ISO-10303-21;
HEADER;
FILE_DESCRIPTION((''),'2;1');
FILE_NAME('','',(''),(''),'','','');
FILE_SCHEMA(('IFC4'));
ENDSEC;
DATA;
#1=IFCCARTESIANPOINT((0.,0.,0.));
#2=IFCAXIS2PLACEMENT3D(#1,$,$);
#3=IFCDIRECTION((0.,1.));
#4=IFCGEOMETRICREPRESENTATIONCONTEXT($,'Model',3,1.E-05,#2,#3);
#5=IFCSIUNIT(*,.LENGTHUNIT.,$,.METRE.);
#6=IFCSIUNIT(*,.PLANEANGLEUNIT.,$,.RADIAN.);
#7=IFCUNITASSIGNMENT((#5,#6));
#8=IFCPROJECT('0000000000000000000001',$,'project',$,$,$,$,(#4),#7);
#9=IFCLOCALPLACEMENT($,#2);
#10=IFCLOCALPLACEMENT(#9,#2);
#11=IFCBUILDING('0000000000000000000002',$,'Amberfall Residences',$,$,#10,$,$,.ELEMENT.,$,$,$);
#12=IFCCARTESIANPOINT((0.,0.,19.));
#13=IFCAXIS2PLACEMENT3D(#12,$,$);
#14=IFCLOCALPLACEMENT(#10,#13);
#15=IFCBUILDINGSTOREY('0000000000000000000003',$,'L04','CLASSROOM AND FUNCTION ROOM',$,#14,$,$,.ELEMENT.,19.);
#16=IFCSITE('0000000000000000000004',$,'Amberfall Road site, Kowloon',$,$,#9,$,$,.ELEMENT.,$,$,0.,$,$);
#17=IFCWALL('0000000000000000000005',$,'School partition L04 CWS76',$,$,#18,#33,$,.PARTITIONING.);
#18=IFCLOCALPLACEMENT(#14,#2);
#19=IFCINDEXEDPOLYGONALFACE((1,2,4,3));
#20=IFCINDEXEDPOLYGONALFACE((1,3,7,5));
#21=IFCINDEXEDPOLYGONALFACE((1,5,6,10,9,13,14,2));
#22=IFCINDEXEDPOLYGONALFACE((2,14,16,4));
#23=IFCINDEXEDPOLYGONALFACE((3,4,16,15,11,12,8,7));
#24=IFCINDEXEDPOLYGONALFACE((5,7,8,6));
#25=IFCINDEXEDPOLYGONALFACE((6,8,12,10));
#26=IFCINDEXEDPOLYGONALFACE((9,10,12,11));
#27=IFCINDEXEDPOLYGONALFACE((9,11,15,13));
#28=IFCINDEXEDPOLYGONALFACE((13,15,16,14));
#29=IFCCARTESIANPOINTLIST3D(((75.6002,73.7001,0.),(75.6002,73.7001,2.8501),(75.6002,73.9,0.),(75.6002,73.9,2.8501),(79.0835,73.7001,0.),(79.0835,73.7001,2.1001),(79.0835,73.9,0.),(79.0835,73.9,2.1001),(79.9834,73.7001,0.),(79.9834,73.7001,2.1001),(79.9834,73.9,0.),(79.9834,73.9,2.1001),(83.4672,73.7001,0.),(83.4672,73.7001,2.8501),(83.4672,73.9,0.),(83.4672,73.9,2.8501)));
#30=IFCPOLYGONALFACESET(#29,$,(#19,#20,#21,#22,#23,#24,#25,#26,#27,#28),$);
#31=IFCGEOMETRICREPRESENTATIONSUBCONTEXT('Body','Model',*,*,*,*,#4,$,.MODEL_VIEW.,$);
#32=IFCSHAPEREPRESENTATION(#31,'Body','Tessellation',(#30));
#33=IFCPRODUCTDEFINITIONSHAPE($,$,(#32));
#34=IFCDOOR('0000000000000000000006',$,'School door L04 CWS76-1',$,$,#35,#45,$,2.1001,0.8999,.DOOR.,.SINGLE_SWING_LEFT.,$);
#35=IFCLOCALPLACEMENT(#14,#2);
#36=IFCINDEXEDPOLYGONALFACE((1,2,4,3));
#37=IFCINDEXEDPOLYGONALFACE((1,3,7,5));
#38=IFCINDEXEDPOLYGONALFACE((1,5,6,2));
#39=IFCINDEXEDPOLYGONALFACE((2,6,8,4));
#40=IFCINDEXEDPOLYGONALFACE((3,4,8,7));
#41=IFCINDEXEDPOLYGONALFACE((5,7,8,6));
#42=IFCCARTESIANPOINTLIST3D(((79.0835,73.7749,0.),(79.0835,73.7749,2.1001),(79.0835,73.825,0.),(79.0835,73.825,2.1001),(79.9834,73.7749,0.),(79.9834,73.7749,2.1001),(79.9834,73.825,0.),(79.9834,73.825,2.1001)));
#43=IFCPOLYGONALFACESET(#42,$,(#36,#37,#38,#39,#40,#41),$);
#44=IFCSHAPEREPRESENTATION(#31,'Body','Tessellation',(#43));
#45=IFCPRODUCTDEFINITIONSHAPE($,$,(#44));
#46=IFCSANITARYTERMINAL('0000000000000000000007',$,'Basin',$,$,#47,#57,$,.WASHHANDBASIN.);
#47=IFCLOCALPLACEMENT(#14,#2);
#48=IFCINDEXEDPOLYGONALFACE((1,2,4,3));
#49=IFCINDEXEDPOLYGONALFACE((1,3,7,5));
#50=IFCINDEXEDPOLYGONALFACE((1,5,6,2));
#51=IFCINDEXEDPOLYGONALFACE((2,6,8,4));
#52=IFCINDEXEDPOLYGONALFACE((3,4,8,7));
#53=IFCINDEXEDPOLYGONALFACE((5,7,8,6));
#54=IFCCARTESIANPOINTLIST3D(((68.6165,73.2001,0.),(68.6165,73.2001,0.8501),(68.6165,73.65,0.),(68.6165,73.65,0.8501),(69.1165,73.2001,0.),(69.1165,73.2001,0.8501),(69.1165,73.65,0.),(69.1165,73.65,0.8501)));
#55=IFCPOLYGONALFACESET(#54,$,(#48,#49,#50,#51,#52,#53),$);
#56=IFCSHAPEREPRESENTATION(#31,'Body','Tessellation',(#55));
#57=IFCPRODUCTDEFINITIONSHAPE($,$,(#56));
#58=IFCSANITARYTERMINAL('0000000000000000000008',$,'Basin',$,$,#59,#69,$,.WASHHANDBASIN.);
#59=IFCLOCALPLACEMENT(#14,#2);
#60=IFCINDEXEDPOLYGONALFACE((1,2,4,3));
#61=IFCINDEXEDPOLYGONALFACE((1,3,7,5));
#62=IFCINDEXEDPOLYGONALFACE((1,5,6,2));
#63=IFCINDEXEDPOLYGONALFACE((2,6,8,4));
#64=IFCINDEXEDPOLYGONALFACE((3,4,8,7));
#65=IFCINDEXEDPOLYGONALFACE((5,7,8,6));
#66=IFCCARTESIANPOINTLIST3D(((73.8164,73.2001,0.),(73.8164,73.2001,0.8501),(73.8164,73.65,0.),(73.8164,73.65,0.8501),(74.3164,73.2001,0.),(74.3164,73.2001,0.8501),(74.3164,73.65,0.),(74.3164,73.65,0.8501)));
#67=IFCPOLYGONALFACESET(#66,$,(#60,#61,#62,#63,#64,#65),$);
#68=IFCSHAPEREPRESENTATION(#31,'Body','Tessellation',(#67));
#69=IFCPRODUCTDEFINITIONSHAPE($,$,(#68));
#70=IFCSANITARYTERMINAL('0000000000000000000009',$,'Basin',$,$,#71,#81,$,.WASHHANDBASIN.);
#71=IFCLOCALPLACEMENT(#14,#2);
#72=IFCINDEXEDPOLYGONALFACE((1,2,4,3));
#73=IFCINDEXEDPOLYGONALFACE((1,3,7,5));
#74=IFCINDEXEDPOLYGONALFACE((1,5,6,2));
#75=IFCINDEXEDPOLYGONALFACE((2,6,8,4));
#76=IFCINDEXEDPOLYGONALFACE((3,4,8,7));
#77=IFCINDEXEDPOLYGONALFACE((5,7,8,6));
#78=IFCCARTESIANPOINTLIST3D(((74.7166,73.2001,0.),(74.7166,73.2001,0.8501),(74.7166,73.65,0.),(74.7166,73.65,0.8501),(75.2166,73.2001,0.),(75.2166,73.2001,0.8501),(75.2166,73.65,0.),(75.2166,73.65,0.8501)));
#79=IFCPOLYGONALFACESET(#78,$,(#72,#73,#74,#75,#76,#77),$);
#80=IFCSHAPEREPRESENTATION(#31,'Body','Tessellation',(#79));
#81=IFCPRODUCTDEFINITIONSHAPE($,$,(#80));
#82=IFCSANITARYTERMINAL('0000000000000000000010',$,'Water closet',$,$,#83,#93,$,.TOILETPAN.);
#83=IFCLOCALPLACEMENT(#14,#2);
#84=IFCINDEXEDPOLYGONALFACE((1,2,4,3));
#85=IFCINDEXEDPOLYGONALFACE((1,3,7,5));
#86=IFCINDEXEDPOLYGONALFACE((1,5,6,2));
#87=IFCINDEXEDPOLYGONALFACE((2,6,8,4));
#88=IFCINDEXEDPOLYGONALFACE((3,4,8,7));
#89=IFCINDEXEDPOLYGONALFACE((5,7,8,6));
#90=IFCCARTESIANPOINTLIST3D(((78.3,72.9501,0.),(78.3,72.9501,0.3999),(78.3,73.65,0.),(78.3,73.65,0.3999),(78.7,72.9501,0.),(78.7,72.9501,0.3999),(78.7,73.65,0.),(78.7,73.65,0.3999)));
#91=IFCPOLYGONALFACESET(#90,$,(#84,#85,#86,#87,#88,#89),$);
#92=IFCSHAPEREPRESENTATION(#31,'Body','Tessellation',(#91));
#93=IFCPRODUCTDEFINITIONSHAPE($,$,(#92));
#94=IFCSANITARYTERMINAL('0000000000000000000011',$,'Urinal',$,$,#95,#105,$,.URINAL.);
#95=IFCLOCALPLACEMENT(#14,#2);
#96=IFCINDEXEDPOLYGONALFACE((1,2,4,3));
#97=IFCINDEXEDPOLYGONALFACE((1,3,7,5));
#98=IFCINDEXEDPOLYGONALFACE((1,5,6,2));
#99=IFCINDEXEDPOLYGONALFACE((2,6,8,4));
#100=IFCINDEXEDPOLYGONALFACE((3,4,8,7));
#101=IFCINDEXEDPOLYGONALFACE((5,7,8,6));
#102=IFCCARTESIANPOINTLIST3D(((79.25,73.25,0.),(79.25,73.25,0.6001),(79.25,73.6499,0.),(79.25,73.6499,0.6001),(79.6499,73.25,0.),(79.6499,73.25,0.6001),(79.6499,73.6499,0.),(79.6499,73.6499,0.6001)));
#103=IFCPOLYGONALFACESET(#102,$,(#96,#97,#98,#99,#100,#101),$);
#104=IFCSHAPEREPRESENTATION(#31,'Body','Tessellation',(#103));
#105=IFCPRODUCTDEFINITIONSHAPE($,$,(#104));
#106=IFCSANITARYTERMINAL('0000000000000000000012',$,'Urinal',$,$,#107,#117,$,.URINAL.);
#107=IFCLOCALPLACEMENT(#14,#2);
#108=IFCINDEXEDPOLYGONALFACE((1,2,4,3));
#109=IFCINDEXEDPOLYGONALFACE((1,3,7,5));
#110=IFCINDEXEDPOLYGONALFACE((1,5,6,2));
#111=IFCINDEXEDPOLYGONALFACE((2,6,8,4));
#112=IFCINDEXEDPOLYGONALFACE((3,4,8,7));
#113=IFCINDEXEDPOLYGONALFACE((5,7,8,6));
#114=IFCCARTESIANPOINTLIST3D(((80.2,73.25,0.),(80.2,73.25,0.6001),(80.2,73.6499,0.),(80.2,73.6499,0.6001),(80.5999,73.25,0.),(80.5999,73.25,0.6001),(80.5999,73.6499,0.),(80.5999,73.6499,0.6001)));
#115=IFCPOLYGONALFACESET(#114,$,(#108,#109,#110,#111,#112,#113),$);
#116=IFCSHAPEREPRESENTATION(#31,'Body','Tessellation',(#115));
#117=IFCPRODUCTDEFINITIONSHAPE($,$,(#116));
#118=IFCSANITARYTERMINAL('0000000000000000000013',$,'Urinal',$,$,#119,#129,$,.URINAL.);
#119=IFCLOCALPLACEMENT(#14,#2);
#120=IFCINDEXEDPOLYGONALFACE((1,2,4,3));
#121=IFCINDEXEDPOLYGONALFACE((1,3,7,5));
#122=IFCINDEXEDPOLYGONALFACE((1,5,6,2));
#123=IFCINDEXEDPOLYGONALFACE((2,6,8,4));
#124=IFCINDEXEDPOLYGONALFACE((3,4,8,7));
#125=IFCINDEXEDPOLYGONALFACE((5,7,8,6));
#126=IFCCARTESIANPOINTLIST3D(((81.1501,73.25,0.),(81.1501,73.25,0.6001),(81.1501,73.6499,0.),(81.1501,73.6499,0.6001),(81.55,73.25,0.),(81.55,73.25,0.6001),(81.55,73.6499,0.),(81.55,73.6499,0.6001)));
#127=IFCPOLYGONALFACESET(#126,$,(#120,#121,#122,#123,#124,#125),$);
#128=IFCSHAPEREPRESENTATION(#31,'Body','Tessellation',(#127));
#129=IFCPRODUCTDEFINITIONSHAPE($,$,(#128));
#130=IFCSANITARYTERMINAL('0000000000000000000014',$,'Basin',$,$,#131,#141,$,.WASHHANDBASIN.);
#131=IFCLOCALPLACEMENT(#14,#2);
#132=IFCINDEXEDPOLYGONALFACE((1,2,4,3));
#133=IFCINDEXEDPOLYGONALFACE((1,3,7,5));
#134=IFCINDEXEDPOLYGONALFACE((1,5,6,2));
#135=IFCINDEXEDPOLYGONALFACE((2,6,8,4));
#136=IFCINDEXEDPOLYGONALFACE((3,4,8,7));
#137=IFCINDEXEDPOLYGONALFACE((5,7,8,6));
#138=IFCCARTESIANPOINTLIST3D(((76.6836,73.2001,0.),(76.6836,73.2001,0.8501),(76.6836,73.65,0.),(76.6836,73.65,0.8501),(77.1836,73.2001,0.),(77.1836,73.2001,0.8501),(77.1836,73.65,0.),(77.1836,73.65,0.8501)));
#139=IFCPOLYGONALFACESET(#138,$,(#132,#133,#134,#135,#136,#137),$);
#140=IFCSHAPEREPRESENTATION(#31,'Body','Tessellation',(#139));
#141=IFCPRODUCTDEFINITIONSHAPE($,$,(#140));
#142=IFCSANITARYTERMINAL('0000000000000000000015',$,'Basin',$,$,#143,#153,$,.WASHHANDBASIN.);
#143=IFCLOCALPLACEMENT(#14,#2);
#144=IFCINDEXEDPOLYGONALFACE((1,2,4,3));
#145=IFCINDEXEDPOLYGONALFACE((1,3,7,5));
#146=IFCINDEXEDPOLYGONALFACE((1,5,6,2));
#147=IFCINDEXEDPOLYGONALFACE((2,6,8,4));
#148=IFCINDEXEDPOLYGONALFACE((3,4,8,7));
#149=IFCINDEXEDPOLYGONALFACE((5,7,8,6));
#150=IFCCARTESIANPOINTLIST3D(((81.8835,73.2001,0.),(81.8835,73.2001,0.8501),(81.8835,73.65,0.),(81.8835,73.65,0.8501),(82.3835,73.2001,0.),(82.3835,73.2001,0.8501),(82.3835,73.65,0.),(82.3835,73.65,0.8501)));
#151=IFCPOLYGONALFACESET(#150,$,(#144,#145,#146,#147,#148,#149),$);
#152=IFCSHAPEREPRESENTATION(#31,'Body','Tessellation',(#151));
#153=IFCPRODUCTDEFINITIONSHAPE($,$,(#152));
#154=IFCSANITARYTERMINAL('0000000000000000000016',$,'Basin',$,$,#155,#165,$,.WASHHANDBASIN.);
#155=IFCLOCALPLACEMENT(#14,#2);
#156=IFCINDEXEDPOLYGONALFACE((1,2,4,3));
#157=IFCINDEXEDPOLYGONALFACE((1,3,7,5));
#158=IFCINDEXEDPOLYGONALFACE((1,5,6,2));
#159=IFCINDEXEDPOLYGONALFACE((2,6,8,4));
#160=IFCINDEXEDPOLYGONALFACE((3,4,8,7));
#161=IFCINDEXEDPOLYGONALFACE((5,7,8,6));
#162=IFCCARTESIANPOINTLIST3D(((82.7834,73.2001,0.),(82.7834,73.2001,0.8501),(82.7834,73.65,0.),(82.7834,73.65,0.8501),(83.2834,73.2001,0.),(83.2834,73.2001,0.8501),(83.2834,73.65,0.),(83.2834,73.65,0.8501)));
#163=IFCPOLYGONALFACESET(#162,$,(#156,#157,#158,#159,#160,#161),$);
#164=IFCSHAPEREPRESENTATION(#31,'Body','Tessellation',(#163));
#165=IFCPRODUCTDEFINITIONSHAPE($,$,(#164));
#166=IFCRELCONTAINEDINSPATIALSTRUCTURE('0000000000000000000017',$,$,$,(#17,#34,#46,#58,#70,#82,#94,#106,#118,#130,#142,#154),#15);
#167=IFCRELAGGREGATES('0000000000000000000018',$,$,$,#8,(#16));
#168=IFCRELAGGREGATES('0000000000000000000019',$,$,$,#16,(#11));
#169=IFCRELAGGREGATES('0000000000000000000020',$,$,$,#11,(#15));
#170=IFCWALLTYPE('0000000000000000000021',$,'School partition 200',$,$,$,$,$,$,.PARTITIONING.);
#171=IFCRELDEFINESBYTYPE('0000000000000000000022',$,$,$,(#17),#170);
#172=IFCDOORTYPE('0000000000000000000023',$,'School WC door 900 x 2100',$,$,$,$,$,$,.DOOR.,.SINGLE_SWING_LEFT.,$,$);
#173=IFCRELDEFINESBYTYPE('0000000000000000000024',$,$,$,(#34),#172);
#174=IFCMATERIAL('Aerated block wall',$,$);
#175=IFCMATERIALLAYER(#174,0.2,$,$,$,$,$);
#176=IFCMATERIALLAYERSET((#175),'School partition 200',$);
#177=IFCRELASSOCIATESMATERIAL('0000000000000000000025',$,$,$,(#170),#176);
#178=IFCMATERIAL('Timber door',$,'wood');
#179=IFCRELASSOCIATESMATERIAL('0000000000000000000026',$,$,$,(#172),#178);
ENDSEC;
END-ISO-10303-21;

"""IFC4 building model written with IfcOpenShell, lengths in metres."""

from ifc_helpers import new_model, si_unit, direction, frame, frame_2d, origin, origin_2d, place, context, subcontext, project, spatial, rectangle, extrude, material, layer, layer_set, type_object, element, fill, save


model = new_model("IFC4")

# Units and contexts
model_context = context("Model", 3, precision=1e-05, world=origin(), true_north=direction((0.0, 1.0)))
body_context = subcontext(model_context, "Body", "Model", "MODEL_VIEW")
ifc_project = project(units=[si_unit("LENGTHUNIT", "METRE"), si_unit("PLANEANGLEUNIT", "RADIAN")], contexts=[model_context])

# Site, building, storey
site_placement = place(None, origin())
site = spatial("IfcSite", under=ifc_project, at=site_placement, Name="Amberfall Road site, Kowloon", CompositionType="ELEMENT", RefElevation=0.0)
building_placement = place(site_placement, origin())
building = spatial("IfcBuilding", under=site, at=building_placement, Name="Amberfall Residences", CompositionType="ELEMENT")
storey_placement = place(building_placement, frame((0.0, 0.0, 19.0)))
storey = spatial("IfcBuildingStorey", under=building, at=storey_placement, Name="L04", Description="CLASSROOM AND FUNCTION ROOM", CompositionType="ELEMENT", Elevation=19.0)

# Shared definitions
ifc_material_1 = material(Name="Aerated block wall")

# Shared definitions
ifc_layer_1 = layer(ifc_material_1, 0.2)
ifc_layer_set_1 = layer_set([ifc_layer_1], Name="School partition 200")
wall_type_1 = type_object("IfcWallType", Name="School partition 200", PredefinedType="PARTITIONING", material=ifc_layer_set_1)
ifc_material_2 = material(Name="Timber door", Category="wood")

# Wall, opening, door
door_type_1 = type_object("IfcDoorType", Name="School WC door 900 x 2100", OperationType="SINGLE_SWING_LEFT", PredefinedType="DOOR", material=ifc_material_2)
wall_1_placement = place(storey_placement, frame((75.6001, 73.8, 0.0), z_axis=(0.0, 0.0, 1.0), x_axis=(1.0, 0.0, 0.0)))
wall_1 = element("IfcWall", 1, at=wall_1_placement, inside=storey, type_object=wall_type_1, Name="School partition L04 CWS76", PredefinedType="PARTITIONING", context=body_context, shape_type="SweptSolid", body=[
    extrude(rectangle(XDim=7.8669, YDim=0.2, at=frame_2d((3.9336, 0.0))), origin(), (0.0, 0.0, 1.0), 2.8501),
])
opening_1_placement = place(wall_1_placement, frame((3.4834, 0.0, 0.0)))
opening_1 = element("IfcOpeningElement", 2, at=opening_1_placement, cuts=wall_1, PredefinedType="OPENING", context=body_context, shape_type="SweptSolid", body=[
    extrude(rectangle(XDim=0.8999, YDim=2.1001, at=frame_2d((0.45, 1.05))), frame((0.0, 0.1099, 0.0), z_axis=(0.0, -1.0, 0.0), x_axis=(1.0, 0.0, 0.0)), (0.0, 0.0, 1.0), 0.22),
])
door_1_placement = place(opening_1_placement, origin())
door_1 = element("IfcDoor", 3, at=door_1_placement, inside=storey, type_object=door_type_1, Name="School door L04 CWS76-1", OperationType="SINGLE_SWING_LEFT", OverallHeight=2.1001, OverallWidth=0.8999, PredefinedType="DOOR", context=body_context, shape_type="SweptSolid", body=[
    extrude(rectangle(XDim=0.8999, YDim=2.1001, at=frame_2d((0.45, 1.05))), frame((0.0, 0.0249, 0.0), z_axis=(0.0, -1.0, 0.0), x_axis=(1.0, 0.0, 0.0)), (0.0, 0.0, 1.0), 0.05),
])
fill(opening_1, door_1)

# Sanitary terminals
for number, where, z_axis, x_axis, name in (
    (4, (68.8665, 73.425, 0.0), (0.0, 0.0, 1.0), (1.0, 0.0, 0.0), "Basin"),
    (5, (74.0664, 73.425, 0.0), (0.0, 0.0, 1.0), (1.0, 0.0, 0.0), "Basin"),
    (6, (74.9666, 73.425, 0.0), (0.0, 0.0, 1.0), (1.0, 0.0, 0.0), "Basin"),
):
    element("IfcSanitaryTerminal", number, at=place(storey_placement, frame(where, z_axis=z_axis, x_axis=x_axis)), inside=storey, Name=name, PredefinedType="WASHHANDBASIN", context=body_context, shape_type="SweptSolid", body=[
        extrude(rectangle(XDim=0.5, YDim=0.45, at=origin_2d()), origin(), (0.0, 0.0, 1.0), 0.8501),
    ])
sanitary_terminal_placement = place(storey_placement, frame((78.5, 73.3, 0.0), z_axis=(0.0, 0.0, 1.0), x_axis=(1.0, 0.0, 0.0)))
element("IfcSanitaryTerminal", 7, at=sanitary_terminal_placement, inside=storey, Name="Water closet", PredefinedType="TOILETPAN", context=body_context, shape_type="SweptSolid", body=[
    extrude(rectangle(XDim=0.3999, YDim=0.7, at=origin_2d()), origin(), (0.0, 0.0, 1.0), 0.3999),
])
for number, where, z_axis, x_axis, name in (
    (8, (79.45, 73.45, 0.0), (0.0, 0.0, 1.0), (1.0, 0.0, 0.0), "Urinal"),
    (9, (80.3999, 73.45, 0.0), (0.0, 0.0, 1.0), (1.0, 0.0, 0.0), "Urinal"),
    (10, (81.3501, 73.45, 0.0), (0.0, 0.0, 1.0), (1.0, 0.0, 0.0), "Urinal"),
):
    element("IfcSanitaryTerminal", number, at=place(storey_placement, frame(where, z_axis=z_axis, x_axis=x_axis)), inside=storey, Name=name, PredefinedType="URINAL", context=body_context, shape_type="SweptSolid", body=[
        extrude(rectangle(XDim=0.3999, YDim=0.3999, at=origin_2d()), origin(), (0.0, 0.0, 1.0), 0.6001),
    ])
for number, where, z_axis, x_axis, name in (
    (11, (76.9336, 73.425, 0.0), (0.0, 0.0, 1.0), (1.0, 0.0, 0.0), "Basin"),
    (12, (82.1335, 73.425, 0.0), (0.0, 0.0, 1.0), (1.0, 0.0, 0.0), "Basin"),
    (13, (83.0334, 73.425, 0.0), (0.0, 0.0, 1.0), (1.0, 0.0, 0.0), "Basin"),
):
    element("IfcSanitaryTerminal", number, at=place(storey_placement, frame(where, z_axis=z_axis, x_axis=x_axis)), inside=storey, Name=name, PredefinedType="WASHHANDBASIN", context=body_context, shape_type="SweptSolid", body=[
        extrude(rectangle(XDim=0.5, YDim=0.45, at=origin_2d()), origin(), (0.0, 0.0, 1.0), 0.8501),
    ])

save(model, "model.ifc")
